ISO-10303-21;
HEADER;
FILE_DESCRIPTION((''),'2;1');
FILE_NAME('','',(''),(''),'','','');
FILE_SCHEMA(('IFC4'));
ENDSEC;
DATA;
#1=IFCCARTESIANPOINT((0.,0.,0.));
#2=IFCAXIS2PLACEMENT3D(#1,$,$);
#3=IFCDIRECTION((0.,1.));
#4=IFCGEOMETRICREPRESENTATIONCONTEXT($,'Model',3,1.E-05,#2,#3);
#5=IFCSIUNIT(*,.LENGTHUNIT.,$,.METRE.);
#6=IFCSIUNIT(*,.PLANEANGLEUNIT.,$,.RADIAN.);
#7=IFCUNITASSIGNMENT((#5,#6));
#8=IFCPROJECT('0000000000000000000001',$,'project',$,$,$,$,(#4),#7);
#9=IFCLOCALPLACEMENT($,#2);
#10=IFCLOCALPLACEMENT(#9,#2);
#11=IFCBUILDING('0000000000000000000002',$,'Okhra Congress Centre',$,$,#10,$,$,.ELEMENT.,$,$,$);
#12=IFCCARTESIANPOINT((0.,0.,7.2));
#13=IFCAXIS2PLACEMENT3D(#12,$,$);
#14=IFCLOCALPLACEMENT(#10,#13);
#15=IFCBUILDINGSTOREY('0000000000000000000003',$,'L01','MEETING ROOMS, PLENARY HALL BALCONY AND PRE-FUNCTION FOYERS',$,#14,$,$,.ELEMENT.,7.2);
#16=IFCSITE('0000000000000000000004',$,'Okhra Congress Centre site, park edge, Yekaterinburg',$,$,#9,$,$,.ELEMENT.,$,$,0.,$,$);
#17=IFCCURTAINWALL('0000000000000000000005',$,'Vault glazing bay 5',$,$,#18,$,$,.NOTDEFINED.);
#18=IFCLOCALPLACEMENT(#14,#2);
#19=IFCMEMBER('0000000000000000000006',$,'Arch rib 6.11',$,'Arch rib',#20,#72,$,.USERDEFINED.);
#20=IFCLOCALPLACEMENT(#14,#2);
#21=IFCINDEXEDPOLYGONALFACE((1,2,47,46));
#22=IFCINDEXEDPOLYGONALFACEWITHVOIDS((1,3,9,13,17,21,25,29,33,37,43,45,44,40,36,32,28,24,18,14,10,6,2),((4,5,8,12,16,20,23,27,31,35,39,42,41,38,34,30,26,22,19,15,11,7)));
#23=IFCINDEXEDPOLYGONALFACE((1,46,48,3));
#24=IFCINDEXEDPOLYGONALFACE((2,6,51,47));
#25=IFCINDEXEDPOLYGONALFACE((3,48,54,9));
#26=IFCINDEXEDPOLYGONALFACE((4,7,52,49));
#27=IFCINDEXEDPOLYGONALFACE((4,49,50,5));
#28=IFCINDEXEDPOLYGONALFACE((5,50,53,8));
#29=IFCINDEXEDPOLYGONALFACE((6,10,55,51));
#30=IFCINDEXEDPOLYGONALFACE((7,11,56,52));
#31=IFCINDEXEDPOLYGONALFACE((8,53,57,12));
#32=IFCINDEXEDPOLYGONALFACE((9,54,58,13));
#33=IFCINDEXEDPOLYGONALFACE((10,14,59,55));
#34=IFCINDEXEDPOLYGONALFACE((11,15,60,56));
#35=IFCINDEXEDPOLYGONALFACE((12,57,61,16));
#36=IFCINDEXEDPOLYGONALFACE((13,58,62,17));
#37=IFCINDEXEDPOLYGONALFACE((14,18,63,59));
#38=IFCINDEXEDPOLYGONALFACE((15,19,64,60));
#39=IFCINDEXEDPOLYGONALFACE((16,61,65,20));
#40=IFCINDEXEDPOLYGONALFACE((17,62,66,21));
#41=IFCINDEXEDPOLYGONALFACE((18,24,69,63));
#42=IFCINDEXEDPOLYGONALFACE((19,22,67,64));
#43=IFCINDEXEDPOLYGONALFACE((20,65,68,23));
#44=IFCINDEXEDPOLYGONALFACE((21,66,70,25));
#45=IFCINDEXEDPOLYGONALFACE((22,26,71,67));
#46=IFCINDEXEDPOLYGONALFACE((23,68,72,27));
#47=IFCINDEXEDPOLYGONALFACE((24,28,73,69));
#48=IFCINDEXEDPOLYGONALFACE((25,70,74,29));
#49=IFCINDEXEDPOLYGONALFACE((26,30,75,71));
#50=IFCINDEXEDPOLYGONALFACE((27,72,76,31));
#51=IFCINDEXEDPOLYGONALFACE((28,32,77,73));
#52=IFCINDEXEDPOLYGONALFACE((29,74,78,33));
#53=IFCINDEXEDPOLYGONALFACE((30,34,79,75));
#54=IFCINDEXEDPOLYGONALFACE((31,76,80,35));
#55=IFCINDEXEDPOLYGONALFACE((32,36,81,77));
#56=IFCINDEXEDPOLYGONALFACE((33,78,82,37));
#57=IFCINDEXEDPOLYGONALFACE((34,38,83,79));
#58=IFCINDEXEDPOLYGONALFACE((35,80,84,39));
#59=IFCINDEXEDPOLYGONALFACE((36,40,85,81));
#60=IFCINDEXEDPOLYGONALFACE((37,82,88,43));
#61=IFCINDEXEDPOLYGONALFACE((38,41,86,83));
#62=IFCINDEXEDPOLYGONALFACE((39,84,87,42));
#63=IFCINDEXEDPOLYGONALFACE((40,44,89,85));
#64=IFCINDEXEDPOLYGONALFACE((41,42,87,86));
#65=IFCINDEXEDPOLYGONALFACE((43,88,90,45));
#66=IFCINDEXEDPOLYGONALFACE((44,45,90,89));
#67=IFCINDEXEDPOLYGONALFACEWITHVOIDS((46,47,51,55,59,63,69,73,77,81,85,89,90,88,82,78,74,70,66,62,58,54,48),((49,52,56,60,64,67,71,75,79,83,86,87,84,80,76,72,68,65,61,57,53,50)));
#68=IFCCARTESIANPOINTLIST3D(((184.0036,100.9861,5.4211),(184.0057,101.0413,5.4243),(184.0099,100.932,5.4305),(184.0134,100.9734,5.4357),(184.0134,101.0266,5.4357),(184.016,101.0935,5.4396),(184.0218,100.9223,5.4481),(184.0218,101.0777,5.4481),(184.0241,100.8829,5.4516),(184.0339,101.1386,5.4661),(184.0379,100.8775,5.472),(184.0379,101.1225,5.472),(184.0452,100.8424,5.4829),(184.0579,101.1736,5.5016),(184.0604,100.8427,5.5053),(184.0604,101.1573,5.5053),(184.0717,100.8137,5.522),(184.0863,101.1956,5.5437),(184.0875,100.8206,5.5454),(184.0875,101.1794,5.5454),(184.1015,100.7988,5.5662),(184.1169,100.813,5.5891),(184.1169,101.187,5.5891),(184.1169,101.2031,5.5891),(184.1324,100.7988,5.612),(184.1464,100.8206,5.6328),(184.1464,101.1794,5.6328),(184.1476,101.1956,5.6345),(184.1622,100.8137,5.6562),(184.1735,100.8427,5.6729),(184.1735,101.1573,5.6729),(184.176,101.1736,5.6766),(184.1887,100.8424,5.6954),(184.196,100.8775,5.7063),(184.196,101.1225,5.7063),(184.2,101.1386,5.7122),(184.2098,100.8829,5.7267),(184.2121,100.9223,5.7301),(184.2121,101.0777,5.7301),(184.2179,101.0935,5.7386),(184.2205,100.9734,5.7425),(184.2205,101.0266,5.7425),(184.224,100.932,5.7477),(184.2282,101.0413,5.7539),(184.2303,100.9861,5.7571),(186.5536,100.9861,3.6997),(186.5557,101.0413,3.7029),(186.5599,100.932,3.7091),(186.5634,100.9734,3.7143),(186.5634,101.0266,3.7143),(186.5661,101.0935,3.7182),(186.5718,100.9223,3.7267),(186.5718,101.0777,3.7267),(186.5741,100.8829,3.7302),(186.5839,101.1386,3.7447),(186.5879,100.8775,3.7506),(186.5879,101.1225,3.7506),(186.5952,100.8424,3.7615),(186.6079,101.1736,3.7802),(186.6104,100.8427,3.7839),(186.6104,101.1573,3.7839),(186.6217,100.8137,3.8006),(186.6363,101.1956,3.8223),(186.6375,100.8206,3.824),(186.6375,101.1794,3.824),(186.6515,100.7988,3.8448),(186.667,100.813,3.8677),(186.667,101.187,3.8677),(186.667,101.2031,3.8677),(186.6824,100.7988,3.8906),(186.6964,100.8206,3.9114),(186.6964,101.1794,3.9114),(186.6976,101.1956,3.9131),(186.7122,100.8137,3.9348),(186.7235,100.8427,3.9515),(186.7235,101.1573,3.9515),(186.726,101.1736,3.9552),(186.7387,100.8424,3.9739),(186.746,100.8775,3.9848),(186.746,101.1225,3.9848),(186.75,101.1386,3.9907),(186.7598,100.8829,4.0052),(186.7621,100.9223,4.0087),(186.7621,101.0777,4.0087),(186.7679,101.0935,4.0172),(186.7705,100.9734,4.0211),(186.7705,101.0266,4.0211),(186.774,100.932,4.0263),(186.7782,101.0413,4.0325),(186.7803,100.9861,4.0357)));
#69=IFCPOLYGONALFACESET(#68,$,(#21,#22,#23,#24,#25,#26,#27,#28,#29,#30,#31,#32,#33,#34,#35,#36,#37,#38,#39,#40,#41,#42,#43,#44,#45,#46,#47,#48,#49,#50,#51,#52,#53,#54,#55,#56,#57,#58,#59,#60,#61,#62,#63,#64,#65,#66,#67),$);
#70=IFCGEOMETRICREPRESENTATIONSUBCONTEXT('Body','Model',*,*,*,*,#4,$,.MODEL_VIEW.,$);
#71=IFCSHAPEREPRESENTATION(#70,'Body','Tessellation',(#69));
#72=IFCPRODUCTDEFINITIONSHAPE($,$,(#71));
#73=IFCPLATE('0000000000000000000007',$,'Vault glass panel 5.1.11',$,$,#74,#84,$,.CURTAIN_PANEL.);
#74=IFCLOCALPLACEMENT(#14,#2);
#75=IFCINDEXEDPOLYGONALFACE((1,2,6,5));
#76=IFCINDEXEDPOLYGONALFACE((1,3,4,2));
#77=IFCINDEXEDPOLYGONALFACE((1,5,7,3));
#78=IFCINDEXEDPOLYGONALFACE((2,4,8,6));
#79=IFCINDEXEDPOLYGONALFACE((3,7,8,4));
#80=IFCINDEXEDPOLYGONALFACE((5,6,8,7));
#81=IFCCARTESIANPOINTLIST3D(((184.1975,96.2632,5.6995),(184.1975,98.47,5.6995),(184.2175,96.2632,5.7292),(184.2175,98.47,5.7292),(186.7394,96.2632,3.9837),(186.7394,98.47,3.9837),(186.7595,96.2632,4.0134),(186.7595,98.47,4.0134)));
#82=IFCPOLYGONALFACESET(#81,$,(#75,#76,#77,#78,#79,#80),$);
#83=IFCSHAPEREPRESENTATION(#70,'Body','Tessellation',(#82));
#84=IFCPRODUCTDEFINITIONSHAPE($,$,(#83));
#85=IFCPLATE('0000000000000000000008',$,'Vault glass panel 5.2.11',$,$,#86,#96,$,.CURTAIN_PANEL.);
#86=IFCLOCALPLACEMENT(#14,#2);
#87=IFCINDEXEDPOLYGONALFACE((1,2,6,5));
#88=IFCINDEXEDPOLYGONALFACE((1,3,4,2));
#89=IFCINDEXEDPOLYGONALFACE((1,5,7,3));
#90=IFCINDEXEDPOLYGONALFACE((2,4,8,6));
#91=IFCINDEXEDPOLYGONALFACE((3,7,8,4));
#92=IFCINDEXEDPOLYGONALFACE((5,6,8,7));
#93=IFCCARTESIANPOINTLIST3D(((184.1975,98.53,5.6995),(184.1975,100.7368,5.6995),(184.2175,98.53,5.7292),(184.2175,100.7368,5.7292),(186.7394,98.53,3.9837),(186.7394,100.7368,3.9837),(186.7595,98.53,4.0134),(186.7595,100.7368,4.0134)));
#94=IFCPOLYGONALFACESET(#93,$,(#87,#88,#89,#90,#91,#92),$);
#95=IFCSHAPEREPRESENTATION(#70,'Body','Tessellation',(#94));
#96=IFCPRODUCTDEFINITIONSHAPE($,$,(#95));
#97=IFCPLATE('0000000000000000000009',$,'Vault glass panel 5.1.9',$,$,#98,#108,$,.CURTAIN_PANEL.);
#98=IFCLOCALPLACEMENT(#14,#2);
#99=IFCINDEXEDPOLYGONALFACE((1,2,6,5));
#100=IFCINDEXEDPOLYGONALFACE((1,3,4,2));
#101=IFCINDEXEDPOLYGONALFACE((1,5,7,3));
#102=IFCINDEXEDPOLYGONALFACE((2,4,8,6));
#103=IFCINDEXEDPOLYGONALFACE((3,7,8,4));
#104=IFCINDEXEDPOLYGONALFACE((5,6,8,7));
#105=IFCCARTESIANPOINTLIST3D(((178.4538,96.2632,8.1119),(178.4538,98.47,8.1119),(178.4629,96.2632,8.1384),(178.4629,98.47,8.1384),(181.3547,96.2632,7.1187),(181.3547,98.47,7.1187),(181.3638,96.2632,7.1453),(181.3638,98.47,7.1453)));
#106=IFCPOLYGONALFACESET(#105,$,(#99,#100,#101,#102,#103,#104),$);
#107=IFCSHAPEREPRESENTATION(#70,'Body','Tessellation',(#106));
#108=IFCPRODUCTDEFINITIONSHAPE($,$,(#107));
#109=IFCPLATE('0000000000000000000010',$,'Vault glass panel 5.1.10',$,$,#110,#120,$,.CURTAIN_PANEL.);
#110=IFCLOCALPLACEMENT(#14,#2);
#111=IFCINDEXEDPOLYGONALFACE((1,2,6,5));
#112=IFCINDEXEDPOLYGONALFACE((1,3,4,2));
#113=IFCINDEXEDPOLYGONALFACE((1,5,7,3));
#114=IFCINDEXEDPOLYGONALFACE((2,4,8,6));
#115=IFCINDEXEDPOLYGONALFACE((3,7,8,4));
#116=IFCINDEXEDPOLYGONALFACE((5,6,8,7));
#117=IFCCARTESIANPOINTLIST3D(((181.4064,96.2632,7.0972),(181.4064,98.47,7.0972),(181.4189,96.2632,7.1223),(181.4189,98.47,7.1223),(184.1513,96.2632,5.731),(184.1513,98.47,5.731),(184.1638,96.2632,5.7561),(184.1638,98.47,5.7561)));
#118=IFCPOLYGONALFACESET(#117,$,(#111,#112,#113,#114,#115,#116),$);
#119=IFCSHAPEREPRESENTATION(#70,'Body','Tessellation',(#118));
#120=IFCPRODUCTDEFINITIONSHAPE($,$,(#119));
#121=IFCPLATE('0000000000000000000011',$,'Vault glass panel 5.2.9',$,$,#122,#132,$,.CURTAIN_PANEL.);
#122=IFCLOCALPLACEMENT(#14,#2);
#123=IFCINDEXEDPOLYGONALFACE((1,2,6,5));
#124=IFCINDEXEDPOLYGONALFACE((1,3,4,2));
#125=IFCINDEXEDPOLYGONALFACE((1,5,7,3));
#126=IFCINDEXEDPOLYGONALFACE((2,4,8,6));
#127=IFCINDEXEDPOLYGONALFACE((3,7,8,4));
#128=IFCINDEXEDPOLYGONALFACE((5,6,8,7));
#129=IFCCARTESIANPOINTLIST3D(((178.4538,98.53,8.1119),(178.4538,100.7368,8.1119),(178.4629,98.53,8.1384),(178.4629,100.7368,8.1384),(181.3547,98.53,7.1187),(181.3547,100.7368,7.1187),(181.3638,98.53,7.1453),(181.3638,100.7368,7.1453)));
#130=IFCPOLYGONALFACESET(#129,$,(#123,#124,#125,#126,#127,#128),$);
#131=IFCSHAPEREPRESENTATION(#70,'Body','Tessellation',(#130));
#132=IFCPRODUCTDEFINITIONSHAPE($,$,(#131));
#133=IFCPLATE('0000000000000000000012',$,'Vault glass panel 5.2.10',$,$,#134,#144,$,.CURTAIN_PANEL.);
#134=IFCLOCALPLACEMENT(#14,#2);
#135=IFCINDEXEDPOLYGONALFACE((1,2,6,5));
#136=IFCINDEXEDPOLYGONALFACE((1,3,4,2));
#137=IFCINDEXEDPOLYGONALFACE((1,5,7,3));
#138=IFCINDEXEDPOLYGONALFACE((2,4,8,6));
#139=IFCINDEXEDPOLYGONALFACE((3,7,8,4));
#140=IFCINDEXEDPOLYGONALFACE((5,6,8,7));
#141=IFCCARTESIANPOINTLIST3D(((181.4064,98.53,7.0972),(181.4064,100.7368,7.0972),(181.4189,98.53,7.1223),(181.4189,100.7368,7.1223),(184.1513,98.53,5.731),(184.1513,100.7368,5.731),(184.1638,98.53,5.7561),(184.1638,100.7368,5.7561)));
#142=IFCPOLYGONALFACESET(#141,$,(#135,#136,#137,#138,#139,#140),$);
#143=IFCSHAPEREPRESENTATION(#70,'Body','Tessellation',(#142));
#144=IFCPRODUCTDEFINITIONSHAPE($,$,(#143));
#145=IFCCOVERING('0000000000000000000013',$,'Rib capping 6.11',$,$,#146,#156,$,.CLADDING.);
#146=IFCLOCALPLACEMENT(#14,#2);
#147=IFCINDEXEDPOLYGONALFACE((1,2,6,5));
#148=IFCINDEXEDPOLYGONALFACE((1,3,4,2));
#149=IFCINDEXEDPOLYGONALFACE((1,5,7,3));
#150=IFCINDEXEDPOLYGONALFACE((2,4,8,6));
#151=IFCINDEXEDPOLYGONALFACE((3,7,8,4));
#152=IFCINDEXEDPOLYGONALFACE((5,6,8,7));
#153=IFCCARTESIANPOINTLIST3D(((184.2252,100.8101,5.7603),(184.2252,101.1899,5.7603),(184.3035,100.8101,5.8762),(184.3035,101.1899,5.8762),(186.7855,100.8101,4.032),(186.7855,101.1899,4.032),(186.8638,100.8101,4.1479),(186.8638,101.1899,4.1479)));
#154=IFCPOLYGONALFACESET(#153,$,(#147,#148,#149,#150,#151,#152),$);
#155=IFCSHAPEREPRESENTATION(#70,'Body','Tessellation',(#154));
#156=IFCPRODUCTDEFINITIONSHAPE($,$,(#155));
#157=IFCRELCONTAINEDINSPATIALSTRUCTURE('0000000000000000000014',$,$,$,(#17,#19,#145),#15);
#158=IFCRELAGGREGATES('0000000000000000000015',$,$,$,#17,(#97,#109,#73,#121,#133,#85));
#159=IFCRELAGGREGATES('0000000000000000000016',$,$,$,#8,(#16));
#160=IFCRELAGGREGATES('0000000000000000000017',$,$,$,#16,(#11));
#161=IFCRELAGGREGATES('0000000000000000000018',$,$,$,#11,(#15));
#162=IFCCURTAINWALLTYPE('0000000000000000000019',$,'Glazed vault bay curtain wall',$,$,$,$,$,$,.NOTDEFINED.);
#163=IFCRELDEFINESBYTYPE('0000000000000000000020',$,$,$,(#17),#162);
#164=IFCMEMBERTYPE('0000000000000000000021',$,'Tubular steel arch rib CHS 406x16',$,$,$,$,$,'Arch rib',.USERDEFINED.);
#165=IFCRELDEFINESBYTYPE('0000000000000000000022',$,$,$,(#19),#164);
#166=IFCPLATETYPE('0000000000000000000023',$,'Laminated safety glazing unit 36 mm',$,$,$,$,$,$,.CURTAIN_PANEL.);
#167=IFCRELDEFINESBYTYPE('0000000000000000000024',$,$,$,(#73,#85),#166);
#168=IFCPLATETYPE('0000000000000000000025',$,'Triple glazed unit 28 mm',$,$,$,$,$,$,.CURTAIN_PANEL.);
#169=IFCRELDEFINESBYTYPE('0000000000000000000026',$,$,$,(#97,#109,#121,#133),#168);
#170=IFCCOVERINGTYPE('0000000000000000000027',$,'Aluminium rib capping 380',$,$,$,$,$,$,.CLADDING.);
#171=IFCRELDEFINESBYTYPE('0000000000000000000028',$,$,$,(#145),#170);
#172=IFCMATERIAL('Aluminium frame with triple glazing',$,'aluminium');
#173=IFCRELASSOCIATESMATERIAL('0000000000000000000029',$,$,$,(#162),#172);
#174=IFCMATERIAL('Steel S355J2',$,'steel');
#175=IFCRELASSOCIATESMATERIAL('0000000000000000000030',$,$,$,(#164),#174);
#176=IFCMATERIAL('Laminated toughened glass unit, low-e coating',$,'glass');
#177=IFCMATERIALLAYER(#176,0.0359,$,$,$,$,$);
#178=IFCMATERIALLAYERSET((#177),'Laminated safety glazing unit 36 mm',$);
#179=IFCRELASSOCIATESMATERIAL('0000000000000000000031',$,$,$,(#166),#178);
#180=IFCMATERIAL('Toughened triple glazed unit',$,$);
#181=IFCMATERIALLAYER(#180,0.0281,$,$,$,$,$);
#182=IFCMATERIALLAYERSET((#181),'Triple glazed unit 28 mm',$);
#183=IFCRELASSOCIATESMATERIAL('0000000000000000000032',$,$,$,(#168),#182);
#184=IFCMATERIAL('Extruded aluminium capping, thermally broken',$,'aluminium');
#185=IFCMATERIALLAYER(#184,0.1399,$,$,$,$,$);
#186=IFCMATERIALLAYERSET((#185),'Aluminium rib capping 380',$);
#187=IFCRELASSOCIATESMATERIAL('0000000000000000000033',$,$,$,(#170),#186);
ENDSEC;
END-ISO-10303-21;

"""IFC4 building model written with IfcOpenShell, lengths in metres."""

from ifc_helpers import new_model, si_unit, direction, frame, origin, origin_2d, place, context, subcontext, project, spatial, polyline, hollow_circle, outline, extrude, material, layer, layer_set, material_profile, profile_set, type_object, element, aggregate, save


model = new_model("IFC4")

# Units and contexts
model_context = context("Model", 3, precision=1e-05, world=origin(), true_north=direction((0.0, 1.0)))
body_context = subcontext(model_context, "Body", "Model", "MODEL_VIEW")
ifc_project = project(units=[si_unit("LENGTHUNIT", "METRE"), si_unit("PLANEANGLEUNIT", "RADIAN")], contexts=[model_context])

# Site, building, storey
site_placement = place(None, origin())
site = spatial("IfcSite", under=ifc_project, at=site_placement, Name="Okhra Congress Centre site, park edge, Yekaterinburg", CompositionType="ELEMENT", RefElevation=0.0)
building_placement = place(site_placement, origin())
building = spatial("IfcBuilding", under=site, at=building_placement, Name="Okhra Congress Centre", CompositionType="ELEMENT")
storey_placement = place(building_placement, frame((0.0, 0.0, 7.2)))
storey = spatial("IfcBuildingStorey", under=building, at=storey_placement, Name="L01", Description="MEETING ROOMS, PLENARY HALL BALCONY AND PRE-FUNCTION FOYERS", CompositionType="ELEMENT", Elevation=7.2)

# Curtain wall
ifc_material_1 = material(Name="Aluminium frame with triple glazing", Category="aluminium")
curtain_wall_type = type_object("IfcCurtainWallType", Name="Glazed vault bay curtain wall", PredefinedType="NOTDEFINED", material=ifc_material_1)
curtain_wall_placement = place(storey_placement, origin())
curtain_wall = element("IfcCurtainWall", 1, at=curtain_wall_placement, inside=storey, type_object=curtain_wall_type, Name="Vault glazing bay 5", PredefinedType="NOTDEFINED")

# Member
ifc_material_2 = material(Name="Steel S355J2", Category="steel")
ifc_material_profile_1 = material_profile(ifc_material_2, hollow_circle(Radius=0.2031, WallThickness=0.0161, at=origin_2d()), Name="CHS 406.4x16")
ifc_profile_set_1 = profile_set([ifc_material_profile_1], Name="Steel S355J2")
member_type_1 = type_object("IfcMemberType", Name="Tubular steel arch rib CHS 406x16", ElementType="Arch rib", PredefinedType="USERDEFINED", material=ifc_profile_set_1)
member_1_placement = place(storey_placement, frame((184.1169, 101.0, 5.5891), z_axis=(0.828826, 0.0, -0.559507), x_axis=(0.0, 1.0, 0.0)))
element("IfcMember", 2, at=member_1_placement, inside=storey, type_object=member_type_1, Name="Arch rib 6.11", ObjectType="Arch rib", PredefinedType="USERDEFINED", context=body_context, shape_type="SweptSolid", body=[
    extrude(hollow_circle(Radius=0.2031, WallThickness=0.0161, at=origin_2d()), origin(), (0.0, 0.0, 1.0), 3.0767),
])

# Plates
ifc_material_3 = material(Name="Laminated toughened glass unit, low-e coating", Category="glass")
ifc_layer_1 = layer(ifc_material_3, 0.0359)
ifc_layer_set_1 = layer_set([ifc_layer_1], Name="Laminated safety glazing unit 36 mm")
plate_type_1 = type_object("IfcPlateType", Name="Laminated safety glazing unit 36 mm", PredefinedType="CURTAIN_PANEL", material=ifc_layer_set_1)
plate_1_placement = place(storey_placement, frame((184.2175, 96.2632, 5.7292), z_axis=(0.559467, 0.0, 0.828852), x_axis=(0.828852, 0.0, -0.559467)))
plate_1 = element("IfcPlate", 3, at=plate_1_placement, type_object=plate_type_1, Name="Vault glass panel 5.1.11", PredefinedType="CURTAIN_PANEL", context=body_context, shape_type="SweptSolid", body=[
    extrude(outline(polyline([(0.0, 0.0), (3.0669, 0.0), (3.0669, 2.2068), (0.0, 2.2068), (0.0, 0.0)])), origin(), (0.0, 0.0, -1.0), 0.0359),
])
plate_2_placement = place(storey_placement, frame((184.2175, 98.53, 5.7292), z_axis=(0.559467, 0.0, 0.828852), x_axis=(0.828852, 0.0, -0.559467)))
plate_2 = element("IfcPlate", 4, at=plate_2_placement, type_object=plate_type_1, Name="Vault glass panel 5.2.11", PredefinedType="CURTAIN_PANEL", context=body_context, shape_type="SweptSolid", body=[
    extrude(outline(polyline([(0.0, 0.0), (3.0669, 0.0), (3.0669, 2.2068), (0.0, 2.2068), (0.0, 0.0)])), origin(), (0.0, 0.0, -1.0), 0.0359),
])
ifc_material_4 = material(Name="Toughened triple glazed unit")
ifc_layer_2 = layer(ifc_material_4, 0.0281)
ifc_layer_set_2 = layer_set([ifc_layer_2], Name="Triple glazed unit 28 mm")
plate_type_2 = type_object("IfcPlateType", Name="Triple glazed unit 28 mm", PredefinedType="CURTAIN_PANEL", material=ifc_layer_set_2)
plate_3_placement = place(storey_placement, frame((178.4629, 96.2632, 8.1384), z_axis=(0.323909, 0.0, 0.946088), x_axis=(0.946088, 0.0, -0.323909)))
plate_3 = element("IfcPlate", 5, at=plate_3_placement, type_object=plate_type_2, Name="Vault glass panel 5.1.9", PredefinedType="CURTAIN_PANEL", context=body_context, shape_type="SweptSolid", body=[
    extrude(outline(polyline([(0.0, 0.0), (3.0662, 0.0), (3.0662, 2.2068), (0.0, 2.2068), (0.0, 0.0)])), origin(), (0.0, 0.0, -1.0), 0.0281),
])
plate_4_placement = place(storey_placement, frame((181.4189, 96.2632, 7.1223), z_axis=(0.445588, 0.0, 0.895238), x_axis=(0.895238, 0.0, -0.445588)))
plate_4 = element("IfcPlate", 6, at=plate_4_placement, type_object=plate_type_2, Name="Vault glass panel 5.1.10", PredefinedType="CURTAIN_PANEL", context=body_context, shape_type="SweptSolid", body=[
    extrude(outline(polyline([(0.0, 0.0), (3.0661, 0.0), (3.0661, 2.2068), (0.0, 2.2068), (0.0, 0.0)])), origin(), (0.0, 0.0, -1.0), 0.0281),
])
plate_5_placement = place(storey_placement, frame((178.4629, 98.53, 8.1384), z_axis=(0.323909, 0.0, 0.946088), x_axis=(0.946088, 0.0, -0.323909)))
plate_5 = element("IfcPlate", 7, at=plate_5_placement, type_object=plate_type_2, Name="Vault glass panel 5.2.9", PredefinedType="CURTAIN_PANEL", context=body_context, shape_type="SweptSolid", body=[
    extrude(outline(polyline([(0.0, 0.0), (3.0662, 0.0), (3.0662, 2.2068), (0.0, 2.2068), (0.0, 0.0)])), origin(), (0.0, 0.0, -1.0), 0.0281),
])
plate_6_placement = place(storey_placement, frame((181.4189, 98.53, 7.1223), z_axis=(0.445588, 0.0, 0.895238), x_axis=(0.895238, 0.0, -0.445588)))
plate_6 = element("IfcPlate", 8, at=plate_6_placement, type_object=plate_type_2, Name="Vault glass panel 5.2.10", PredefinedType="CURTAIN_PANEL", context=body_context, shape_type="SweptSolid", body=[
    extrude(outline(polyline([(0.0, 0.0), (3.0661, 0.0), (3.0661, 2.2068), (0.0, 2.2068), (0.0, 0.0)])), origin(), (0.0, 0.0, -1.0), 0.0281),
])
aggregate(curtain_wall, [plate_3, plate_4, plate_1, plate_5, plate_6, plate_2])

# Covering
ifc_material_5 = material(Name="Extruded aluminium capping, thermally broken", Category="aluminium")
ifc_layer_3 = layer(ifc_material_5, 0.1399)
ifc_layer_set_3 = layer_set([ifc_layer_3], Name="Aluminium rib capping 380")
covering_type = type_object("IfcCoveringType", Name="Aluminium rib capping 380", PredefinedType="CLADDING", material=ifc_layer_set_3)
covering_placement = place(storey_placement, frame((184.3035, 100.8101, 5.8762), z_axis=(0.559488, 0.0, 0.828839), x_axis=(0.828839, 0.0, -0.559488)))
element("IfcCovering", 9, at=covering_placement, inside=storey, type_object=covering_type, Name="Rib capping 6.11", PredefinedType="CLADDING", context=body_context, shape_type="SweptSolid", body=[
    extrude(outline(polyline([(0.0, 0.0), (3.089, 0.0), (3.089, 0.3799), (0.0, 0.3799), (0.0, 0.0)])), origin(), (0.0, 0.0, -1.0), 0.1399),
])

save(model, "model.ifc")
